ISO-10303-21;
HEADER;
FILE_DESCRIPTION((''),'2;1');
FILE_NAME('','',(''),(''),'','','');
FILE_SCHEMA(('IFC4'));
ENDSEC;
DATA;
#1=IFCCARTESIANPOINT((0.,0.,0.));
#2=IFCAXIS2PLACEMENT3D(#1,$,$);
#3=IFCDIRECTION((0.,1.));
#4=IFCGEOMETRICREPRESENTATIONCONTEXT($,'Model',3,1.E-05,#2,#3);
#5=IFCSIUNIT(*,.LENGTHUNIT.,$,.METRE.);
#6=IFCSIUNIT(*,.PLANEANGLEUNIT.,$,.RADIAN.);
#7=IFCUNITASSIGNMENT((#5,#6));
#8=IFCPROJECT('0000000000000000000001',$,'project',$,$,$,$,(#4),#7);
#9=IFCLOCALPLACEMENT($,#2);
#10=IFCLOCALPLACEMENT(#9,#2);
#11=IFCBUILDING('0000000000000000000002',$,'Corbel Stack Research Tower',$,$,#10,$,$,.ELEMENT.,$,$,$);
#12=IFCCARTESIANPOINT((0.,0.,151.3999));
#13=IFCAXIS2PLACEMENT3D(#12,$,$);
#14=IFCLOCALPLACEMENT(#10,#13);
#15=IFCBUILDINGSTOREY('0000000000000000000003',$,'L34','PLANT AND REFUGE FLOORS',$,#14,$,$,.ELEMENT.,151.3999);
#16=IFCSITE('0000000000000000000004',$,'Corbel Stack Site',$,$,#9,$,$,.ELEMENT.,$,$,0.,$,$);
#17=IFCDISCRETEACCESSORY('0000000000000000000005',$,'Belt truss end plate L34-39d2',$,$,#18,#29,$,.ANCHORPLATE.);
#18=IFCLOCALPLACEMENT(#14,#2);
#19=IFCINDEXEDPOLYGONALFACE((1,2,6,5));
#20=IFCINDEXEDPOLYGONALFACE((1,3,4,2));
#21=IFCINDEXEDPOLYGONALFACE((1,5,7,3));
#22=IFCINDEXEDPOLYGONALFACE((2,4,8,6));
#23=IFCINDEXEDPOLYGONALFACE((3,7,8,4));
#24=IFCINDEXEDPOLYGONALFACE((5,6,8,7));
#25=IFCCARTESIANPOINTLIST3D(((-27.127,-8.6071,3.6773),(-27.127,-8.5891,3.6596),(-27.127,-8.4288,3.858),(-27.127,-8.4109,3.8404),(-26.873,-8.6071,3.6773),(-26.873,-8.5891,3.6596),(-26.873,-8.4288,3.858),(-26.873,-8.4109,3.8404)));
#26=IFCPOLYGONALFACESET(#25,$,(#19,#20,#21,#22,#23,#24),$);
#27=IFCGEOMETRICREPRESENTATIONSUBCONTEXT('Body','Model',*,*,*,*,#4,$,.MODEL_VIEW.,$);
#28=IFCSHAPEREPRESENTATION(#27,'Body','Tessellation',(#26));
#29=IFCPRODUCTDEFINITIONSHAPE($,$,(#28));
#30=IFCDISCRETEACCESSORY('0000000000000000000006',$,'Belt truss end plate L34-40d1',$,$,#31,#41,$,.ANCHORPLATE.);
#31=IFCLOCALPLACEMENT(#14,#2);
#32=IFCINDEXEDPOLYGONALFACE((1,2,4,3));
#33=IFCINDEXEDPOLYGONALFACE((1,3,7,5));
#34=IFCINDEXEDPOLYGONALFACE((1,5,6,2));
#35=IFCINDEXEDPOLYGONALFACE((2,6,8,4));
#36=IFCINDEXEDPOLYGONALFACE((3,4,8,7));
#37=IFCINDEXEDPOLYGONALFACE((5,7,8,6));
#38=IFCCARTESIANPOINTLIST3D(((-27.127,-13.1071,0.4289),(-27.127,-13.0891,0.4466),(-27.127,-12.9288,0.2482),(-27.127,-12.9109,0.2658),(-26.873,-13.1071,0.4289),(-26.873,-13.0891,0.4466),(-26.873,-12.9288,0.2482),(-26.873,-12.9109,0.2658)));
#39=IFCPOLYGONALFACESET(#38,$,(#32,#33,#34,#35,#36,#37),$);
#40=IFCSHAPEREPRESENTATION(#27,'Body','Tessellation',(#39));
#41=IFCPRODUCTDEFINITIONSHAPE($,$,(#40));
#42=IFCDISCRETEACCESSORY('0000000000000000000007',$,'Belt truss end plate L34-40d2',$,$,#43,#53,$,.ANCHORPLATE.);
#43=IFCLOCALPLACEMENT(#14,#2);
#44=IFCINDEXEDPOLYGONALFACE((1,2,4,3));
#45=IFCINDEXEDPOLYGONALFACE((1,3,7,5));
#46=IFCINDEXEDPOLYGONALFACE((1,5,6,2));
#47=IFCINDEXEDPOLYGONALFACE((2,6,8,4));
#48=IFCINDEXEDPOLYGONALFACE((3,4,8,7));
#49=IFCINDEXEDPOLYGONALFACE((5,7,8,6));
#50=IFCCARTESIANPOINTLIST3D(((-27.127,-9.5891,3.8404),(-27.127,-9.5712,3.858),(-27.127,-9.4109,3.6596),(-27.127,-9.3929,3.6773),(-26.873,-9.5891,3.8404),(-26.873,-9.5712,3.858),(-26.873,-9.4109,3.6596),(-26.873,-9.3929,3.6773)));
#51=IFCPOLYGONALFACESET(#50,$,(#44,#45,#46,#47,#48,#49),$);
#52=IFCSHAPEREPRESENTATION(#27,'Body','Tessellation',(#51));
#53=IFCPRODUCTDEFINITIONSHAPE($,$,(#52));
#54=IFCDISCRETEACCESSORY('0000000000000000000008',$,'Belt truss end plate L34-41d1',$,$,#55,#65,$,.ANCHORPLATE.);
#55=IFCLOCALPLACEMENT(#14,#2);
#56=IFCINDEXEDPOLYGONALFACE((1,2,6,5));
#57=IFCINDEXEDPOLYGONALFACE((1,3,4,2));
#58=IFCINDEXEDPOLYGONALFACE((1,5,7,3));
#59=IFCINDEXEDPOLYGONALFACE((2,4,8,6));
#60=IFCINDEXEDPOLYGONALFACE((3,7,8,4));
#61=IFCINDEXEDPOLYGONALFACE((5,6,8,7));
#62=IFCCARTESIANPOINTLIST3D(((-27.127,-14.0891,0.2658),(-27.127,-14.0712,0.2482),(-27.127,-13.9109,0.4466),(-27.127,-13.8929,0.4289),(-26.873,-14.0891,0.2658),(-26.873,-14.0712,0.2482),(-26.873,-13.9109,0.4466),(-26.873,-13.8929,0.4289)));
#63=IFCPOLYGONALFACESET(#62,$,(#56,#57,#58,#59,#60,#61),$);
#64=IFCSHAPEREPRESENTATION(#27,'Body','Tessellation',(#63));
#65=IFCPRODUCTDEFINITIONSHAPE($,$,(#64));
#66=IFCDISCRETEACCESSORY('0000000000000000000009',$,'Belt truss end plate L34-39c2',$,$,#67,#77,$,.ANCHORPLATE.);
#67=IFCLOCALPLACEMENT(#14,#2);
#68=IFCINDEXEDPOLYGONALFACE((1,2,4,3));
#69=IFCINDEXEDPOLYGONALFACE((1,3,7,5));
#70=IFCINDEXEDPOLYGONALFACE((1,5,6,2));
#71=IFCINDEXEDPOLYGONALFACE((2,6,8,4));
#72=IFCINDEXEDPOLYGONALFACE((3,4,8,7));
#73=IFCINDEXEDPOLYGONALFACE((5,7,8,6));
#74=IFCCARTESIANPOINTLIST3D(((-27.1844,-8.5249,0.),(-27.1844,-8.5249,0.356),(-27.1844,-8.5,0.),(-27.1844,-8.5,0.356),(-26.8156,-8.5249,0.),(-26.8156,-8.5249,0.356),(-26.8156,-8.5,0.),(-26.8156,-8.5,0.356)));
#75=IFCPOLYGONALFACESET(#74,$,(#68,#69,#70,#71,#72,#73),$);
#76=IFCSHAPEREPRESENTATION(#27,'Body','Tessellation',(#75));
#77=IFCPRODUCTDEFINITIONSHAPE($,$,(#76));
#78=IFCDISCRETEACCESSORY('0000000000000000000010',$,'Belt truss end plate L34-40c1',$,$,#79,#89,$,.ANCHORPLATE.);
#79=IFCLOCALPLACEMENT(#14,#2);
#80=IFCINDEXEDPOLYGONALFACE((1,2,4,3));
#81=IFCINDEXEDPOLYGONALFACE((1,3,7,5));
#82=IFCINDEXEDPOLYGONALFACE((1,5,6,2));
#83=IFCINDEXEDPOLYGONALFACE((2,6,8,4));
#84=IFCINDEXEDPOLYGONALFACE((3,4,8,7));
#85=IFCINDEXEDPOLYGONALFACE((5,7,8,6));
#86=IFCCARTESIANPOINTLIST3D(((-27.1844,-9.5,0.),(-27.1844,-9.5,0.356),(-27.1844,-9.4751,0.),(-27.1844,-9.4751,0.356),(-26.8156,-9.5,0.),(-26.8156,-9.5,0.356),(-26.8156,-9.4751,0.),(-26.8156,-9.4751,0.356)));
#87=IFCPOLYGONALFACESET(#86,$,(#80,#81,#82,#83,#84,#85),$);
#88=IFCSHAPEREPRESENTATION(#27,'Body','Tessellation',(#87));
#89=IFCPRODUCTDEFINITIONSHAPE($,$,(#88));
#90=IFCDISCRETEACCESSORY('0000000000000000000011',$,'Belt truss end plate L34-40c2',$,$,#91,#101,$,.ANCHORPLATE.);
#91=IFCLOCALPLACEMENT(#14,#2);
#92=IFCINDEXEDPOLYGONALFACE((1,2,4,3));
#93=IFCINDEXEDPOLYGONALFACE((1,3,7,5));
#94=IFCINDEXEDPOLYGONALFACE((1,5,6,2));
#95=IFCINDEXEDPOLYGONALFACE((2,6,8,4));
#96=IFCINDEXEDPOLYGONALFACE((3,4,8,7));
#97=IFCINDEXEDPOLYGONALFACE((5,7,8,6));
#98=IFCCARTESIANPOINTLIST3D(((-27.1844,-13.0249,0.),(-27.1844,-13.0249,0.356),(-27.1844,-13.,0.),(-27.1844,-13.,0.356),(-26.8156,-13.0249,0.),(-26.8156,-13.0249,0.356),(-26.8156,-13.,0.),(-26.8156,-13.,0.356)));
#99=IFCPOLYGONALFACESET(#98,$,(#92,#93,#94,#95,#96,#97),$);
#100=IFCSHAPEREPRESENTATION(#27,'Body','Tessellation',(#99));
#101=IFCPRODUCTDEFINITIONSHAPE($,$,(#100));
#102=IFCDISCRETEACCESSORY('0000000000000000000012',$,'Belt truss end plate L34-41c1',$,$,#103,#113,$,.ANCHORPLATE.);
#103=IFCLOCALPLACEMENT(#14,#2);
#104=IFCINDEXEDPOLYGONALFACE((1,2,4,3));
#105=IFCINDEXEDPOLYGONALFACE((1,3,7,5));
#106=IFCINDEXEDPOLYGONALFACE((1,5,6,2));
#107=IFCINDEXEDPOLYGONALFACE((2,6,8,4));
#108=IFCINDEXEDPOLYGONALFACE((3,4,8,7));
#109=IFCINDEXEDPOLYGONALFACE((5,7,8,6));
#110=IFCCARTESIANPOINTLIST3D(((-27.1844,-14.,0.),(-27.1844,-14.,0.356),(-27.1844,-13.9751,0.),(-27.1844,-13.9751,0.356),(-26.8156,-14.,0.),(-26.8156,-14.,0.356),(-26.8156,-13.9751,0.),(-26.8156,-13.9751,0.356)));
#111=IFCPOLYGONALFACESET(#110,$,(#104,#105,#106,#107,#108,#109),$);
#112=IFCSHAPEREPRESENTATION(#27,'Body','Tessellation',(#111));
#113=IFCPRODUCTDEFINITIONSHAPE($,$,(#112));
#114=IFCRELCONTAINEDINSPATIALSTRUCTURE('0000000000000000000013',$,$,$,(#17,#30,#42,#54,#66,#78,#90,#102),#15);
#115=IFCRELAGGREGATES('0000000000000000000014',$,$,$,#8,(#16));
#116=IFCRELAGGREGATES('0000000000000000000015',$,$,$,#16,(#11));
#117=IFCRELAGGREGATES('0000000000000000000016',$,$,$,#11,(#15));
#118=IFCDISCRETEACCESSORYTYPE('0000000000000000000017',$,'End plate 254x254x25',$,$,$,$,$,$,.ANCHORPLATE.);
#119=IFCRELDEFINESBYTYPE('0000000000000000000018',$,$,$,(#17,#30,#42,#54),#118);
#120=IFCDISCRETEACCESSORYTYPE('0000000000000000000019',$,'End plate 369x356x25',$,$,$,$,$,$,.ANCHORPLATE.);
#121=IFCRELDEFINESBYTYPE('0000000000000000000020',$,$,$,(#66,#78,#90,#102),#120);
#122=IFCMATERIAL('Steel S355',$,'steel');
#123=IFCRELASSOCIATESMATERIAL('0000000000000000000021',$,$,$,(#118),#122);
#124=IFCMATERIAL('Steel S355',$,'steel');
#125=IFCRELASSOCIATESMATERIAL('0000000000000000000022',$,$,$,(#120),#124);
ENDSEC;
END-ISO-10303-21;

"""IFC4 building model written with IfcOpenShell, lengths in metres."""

from ifc_helpers import new_model, si_unit, direction, frame, origin, origin_2d, place, context, subcontext, project, spatial, rectangle, extrude, material, material_profile, profile_set, type_object, element, save


model = new_model("IFC4")

# Units and contexts
model_context = context("Model", 3, precision=1e-05, world=origin(), true_north=direction((0.0, 1.0)))
body_context = subcontext(model_context, "Body", "Model", "MODEL_VIEW")
ifc_project = project(units=[si_unit("LENGTHUNIT", "METRE"), si_unit("PLANEANGLEUNIT", "RADIAN")], contexts=[model_context])

# Site, building, storey
site_placement = place(None, origin())
site = spatial("IfcSite", under=ifc_project, at=site_placement, Name="Corbel Stack Site", CompositionType="ELEMENT", RefElevation=0.0)
building_placement = place(site_placement, origin())
building = spatial("IfcBuilding", under=site, at=building_placement, Name="Corbel Stack Research Tower", CompositionType="ELEMENT")
storey_placement = place(building_placement, frame((0.0, 0.0, 151.3999)))
storey = spatial("IfcBuildingStorey", under=building, at=storey_placement, Name="L34", Description="PLANT AND REFUGE FLOORS", CompositionType="ELEMENT", Elevation=151.3999)

# Discrete accessories
ifc_material_1 = material(Name="Steel S355", Category="steel")
ifc_material_profile_1 = material_profile(ifc_material_1, rectangle(XDim=0.2539, YDim=0.2539, at=origin_2d()), Name="End plate 254x254x25")
ifc_profile_set_1 = profile_set([ifc_material_profile_1], Name="Steel S355")
discrete_accessory_type_1 = type_object("IfcDiscreteAccessoryType", Name="End plate 254x254x25", PredefinedType="ANCHORPLATE", material=ifc_profile_set_1)
for number, where, z_axis, x_axis, name in (
    (1, (-27.0, -8.5, 3.75), (0.0, -0.711966, 0.702213), (1.0, 0.0, 0.0), "Belt truss end plate L34-39d2"),
    (2, (-27.0, -13.0, 0.3562), (0.0, -0.711966, -0.702213), (1.0, 0.0, 0.0), "Belt truss end plate L34-40d1"),
    (3, (-27.0, -9.5, 3.75), (0.0, 0.711966, 0.702213), (-1.0, 0.0, 0.0), "Belt truss end plate L34-40d2"),
    (4, (-27.0, -14.0, 0.3562), (0.0, 0.711966, -0.702213), (-1.0, 0.0, 0.0), "Belt truss end plate L34-41d1"),
):
    element("IfcDiscreteAccessory", number, at=place(storey_placement, frame(where, z_axis=z_axis, x_axis=x_axis)), inside=storey, type_object=discrete_accessory_type_1, Name=name, PredefinedType="ANCHORPLATE", context=body_context, shape_type="SweptSolid", body=[
        extrude(rectangle(XDim=0.2539, YDim=0.2539, at=origin_2d()), origin(), (0.0, 0.0, 1.0), 0.0251),
    ])
ifc_material_2 = material(Name="Steel S355", Category="steel")
ifc_material_profile_2 = material_profile(ifc_material_2, rectangle(XDim=0.3689, YDim=0.356, at=origin_2d()), Name="End plate 369x356x25")
ifc_profile_set_2 = profile_set([ifc_material_profile_2], Name="Steel S355")
discrete_accessory_type_2 = type_object("IfcDiscreteAccessoryType", Name="End plate 369x356x25", PredefinedType="ANCHORPLATE", material=ifc_profile_set_2)
for number, where, z_axis, x_axis, name in (
    (5, (-27.0, -8.5, 0.178), (0.0, -1.0, 0.0), (1.0, 0.0, 0.0), "Belt truss end plate L34-39c2"),
    (6, (-27.0, -9.5, 0.178), (0.0, 1.0, 0.0), (-1.0, 0.0, 0.0), "Belt truss end plate L34-40c1"),
    (7, (-27.0, -13.0, 0.178), (0.0, -1.0, 0.0), (1.0, 0.0, 0.0), "Belt truss end plate L34-40c2"),
    (8, (-27.0, -14.0, 0.178), (0.0, 1.0, 0.0), (-1.0, 0.0, 0.0), "Belt truss end plate L34-41c1"),
):
    element("IfcDiscreteAccessory", number, at=place(storey_placement, frame(where, z_axis=z_axis, x_axis=x_axis)), inside=storey, type_object=discrete_accessory_type_2, Name=name, PredefinedType="ANCHORPLATE", context=body_context, shape_type="SweptSolid", body=[
        extrude(rectangle(XDim=0.3689, YDim=0.356, at=origin_2d()), origin(), (0.0, 0.0, 1.0), 0.0249),
    ])

save(model, "model.ifc")
